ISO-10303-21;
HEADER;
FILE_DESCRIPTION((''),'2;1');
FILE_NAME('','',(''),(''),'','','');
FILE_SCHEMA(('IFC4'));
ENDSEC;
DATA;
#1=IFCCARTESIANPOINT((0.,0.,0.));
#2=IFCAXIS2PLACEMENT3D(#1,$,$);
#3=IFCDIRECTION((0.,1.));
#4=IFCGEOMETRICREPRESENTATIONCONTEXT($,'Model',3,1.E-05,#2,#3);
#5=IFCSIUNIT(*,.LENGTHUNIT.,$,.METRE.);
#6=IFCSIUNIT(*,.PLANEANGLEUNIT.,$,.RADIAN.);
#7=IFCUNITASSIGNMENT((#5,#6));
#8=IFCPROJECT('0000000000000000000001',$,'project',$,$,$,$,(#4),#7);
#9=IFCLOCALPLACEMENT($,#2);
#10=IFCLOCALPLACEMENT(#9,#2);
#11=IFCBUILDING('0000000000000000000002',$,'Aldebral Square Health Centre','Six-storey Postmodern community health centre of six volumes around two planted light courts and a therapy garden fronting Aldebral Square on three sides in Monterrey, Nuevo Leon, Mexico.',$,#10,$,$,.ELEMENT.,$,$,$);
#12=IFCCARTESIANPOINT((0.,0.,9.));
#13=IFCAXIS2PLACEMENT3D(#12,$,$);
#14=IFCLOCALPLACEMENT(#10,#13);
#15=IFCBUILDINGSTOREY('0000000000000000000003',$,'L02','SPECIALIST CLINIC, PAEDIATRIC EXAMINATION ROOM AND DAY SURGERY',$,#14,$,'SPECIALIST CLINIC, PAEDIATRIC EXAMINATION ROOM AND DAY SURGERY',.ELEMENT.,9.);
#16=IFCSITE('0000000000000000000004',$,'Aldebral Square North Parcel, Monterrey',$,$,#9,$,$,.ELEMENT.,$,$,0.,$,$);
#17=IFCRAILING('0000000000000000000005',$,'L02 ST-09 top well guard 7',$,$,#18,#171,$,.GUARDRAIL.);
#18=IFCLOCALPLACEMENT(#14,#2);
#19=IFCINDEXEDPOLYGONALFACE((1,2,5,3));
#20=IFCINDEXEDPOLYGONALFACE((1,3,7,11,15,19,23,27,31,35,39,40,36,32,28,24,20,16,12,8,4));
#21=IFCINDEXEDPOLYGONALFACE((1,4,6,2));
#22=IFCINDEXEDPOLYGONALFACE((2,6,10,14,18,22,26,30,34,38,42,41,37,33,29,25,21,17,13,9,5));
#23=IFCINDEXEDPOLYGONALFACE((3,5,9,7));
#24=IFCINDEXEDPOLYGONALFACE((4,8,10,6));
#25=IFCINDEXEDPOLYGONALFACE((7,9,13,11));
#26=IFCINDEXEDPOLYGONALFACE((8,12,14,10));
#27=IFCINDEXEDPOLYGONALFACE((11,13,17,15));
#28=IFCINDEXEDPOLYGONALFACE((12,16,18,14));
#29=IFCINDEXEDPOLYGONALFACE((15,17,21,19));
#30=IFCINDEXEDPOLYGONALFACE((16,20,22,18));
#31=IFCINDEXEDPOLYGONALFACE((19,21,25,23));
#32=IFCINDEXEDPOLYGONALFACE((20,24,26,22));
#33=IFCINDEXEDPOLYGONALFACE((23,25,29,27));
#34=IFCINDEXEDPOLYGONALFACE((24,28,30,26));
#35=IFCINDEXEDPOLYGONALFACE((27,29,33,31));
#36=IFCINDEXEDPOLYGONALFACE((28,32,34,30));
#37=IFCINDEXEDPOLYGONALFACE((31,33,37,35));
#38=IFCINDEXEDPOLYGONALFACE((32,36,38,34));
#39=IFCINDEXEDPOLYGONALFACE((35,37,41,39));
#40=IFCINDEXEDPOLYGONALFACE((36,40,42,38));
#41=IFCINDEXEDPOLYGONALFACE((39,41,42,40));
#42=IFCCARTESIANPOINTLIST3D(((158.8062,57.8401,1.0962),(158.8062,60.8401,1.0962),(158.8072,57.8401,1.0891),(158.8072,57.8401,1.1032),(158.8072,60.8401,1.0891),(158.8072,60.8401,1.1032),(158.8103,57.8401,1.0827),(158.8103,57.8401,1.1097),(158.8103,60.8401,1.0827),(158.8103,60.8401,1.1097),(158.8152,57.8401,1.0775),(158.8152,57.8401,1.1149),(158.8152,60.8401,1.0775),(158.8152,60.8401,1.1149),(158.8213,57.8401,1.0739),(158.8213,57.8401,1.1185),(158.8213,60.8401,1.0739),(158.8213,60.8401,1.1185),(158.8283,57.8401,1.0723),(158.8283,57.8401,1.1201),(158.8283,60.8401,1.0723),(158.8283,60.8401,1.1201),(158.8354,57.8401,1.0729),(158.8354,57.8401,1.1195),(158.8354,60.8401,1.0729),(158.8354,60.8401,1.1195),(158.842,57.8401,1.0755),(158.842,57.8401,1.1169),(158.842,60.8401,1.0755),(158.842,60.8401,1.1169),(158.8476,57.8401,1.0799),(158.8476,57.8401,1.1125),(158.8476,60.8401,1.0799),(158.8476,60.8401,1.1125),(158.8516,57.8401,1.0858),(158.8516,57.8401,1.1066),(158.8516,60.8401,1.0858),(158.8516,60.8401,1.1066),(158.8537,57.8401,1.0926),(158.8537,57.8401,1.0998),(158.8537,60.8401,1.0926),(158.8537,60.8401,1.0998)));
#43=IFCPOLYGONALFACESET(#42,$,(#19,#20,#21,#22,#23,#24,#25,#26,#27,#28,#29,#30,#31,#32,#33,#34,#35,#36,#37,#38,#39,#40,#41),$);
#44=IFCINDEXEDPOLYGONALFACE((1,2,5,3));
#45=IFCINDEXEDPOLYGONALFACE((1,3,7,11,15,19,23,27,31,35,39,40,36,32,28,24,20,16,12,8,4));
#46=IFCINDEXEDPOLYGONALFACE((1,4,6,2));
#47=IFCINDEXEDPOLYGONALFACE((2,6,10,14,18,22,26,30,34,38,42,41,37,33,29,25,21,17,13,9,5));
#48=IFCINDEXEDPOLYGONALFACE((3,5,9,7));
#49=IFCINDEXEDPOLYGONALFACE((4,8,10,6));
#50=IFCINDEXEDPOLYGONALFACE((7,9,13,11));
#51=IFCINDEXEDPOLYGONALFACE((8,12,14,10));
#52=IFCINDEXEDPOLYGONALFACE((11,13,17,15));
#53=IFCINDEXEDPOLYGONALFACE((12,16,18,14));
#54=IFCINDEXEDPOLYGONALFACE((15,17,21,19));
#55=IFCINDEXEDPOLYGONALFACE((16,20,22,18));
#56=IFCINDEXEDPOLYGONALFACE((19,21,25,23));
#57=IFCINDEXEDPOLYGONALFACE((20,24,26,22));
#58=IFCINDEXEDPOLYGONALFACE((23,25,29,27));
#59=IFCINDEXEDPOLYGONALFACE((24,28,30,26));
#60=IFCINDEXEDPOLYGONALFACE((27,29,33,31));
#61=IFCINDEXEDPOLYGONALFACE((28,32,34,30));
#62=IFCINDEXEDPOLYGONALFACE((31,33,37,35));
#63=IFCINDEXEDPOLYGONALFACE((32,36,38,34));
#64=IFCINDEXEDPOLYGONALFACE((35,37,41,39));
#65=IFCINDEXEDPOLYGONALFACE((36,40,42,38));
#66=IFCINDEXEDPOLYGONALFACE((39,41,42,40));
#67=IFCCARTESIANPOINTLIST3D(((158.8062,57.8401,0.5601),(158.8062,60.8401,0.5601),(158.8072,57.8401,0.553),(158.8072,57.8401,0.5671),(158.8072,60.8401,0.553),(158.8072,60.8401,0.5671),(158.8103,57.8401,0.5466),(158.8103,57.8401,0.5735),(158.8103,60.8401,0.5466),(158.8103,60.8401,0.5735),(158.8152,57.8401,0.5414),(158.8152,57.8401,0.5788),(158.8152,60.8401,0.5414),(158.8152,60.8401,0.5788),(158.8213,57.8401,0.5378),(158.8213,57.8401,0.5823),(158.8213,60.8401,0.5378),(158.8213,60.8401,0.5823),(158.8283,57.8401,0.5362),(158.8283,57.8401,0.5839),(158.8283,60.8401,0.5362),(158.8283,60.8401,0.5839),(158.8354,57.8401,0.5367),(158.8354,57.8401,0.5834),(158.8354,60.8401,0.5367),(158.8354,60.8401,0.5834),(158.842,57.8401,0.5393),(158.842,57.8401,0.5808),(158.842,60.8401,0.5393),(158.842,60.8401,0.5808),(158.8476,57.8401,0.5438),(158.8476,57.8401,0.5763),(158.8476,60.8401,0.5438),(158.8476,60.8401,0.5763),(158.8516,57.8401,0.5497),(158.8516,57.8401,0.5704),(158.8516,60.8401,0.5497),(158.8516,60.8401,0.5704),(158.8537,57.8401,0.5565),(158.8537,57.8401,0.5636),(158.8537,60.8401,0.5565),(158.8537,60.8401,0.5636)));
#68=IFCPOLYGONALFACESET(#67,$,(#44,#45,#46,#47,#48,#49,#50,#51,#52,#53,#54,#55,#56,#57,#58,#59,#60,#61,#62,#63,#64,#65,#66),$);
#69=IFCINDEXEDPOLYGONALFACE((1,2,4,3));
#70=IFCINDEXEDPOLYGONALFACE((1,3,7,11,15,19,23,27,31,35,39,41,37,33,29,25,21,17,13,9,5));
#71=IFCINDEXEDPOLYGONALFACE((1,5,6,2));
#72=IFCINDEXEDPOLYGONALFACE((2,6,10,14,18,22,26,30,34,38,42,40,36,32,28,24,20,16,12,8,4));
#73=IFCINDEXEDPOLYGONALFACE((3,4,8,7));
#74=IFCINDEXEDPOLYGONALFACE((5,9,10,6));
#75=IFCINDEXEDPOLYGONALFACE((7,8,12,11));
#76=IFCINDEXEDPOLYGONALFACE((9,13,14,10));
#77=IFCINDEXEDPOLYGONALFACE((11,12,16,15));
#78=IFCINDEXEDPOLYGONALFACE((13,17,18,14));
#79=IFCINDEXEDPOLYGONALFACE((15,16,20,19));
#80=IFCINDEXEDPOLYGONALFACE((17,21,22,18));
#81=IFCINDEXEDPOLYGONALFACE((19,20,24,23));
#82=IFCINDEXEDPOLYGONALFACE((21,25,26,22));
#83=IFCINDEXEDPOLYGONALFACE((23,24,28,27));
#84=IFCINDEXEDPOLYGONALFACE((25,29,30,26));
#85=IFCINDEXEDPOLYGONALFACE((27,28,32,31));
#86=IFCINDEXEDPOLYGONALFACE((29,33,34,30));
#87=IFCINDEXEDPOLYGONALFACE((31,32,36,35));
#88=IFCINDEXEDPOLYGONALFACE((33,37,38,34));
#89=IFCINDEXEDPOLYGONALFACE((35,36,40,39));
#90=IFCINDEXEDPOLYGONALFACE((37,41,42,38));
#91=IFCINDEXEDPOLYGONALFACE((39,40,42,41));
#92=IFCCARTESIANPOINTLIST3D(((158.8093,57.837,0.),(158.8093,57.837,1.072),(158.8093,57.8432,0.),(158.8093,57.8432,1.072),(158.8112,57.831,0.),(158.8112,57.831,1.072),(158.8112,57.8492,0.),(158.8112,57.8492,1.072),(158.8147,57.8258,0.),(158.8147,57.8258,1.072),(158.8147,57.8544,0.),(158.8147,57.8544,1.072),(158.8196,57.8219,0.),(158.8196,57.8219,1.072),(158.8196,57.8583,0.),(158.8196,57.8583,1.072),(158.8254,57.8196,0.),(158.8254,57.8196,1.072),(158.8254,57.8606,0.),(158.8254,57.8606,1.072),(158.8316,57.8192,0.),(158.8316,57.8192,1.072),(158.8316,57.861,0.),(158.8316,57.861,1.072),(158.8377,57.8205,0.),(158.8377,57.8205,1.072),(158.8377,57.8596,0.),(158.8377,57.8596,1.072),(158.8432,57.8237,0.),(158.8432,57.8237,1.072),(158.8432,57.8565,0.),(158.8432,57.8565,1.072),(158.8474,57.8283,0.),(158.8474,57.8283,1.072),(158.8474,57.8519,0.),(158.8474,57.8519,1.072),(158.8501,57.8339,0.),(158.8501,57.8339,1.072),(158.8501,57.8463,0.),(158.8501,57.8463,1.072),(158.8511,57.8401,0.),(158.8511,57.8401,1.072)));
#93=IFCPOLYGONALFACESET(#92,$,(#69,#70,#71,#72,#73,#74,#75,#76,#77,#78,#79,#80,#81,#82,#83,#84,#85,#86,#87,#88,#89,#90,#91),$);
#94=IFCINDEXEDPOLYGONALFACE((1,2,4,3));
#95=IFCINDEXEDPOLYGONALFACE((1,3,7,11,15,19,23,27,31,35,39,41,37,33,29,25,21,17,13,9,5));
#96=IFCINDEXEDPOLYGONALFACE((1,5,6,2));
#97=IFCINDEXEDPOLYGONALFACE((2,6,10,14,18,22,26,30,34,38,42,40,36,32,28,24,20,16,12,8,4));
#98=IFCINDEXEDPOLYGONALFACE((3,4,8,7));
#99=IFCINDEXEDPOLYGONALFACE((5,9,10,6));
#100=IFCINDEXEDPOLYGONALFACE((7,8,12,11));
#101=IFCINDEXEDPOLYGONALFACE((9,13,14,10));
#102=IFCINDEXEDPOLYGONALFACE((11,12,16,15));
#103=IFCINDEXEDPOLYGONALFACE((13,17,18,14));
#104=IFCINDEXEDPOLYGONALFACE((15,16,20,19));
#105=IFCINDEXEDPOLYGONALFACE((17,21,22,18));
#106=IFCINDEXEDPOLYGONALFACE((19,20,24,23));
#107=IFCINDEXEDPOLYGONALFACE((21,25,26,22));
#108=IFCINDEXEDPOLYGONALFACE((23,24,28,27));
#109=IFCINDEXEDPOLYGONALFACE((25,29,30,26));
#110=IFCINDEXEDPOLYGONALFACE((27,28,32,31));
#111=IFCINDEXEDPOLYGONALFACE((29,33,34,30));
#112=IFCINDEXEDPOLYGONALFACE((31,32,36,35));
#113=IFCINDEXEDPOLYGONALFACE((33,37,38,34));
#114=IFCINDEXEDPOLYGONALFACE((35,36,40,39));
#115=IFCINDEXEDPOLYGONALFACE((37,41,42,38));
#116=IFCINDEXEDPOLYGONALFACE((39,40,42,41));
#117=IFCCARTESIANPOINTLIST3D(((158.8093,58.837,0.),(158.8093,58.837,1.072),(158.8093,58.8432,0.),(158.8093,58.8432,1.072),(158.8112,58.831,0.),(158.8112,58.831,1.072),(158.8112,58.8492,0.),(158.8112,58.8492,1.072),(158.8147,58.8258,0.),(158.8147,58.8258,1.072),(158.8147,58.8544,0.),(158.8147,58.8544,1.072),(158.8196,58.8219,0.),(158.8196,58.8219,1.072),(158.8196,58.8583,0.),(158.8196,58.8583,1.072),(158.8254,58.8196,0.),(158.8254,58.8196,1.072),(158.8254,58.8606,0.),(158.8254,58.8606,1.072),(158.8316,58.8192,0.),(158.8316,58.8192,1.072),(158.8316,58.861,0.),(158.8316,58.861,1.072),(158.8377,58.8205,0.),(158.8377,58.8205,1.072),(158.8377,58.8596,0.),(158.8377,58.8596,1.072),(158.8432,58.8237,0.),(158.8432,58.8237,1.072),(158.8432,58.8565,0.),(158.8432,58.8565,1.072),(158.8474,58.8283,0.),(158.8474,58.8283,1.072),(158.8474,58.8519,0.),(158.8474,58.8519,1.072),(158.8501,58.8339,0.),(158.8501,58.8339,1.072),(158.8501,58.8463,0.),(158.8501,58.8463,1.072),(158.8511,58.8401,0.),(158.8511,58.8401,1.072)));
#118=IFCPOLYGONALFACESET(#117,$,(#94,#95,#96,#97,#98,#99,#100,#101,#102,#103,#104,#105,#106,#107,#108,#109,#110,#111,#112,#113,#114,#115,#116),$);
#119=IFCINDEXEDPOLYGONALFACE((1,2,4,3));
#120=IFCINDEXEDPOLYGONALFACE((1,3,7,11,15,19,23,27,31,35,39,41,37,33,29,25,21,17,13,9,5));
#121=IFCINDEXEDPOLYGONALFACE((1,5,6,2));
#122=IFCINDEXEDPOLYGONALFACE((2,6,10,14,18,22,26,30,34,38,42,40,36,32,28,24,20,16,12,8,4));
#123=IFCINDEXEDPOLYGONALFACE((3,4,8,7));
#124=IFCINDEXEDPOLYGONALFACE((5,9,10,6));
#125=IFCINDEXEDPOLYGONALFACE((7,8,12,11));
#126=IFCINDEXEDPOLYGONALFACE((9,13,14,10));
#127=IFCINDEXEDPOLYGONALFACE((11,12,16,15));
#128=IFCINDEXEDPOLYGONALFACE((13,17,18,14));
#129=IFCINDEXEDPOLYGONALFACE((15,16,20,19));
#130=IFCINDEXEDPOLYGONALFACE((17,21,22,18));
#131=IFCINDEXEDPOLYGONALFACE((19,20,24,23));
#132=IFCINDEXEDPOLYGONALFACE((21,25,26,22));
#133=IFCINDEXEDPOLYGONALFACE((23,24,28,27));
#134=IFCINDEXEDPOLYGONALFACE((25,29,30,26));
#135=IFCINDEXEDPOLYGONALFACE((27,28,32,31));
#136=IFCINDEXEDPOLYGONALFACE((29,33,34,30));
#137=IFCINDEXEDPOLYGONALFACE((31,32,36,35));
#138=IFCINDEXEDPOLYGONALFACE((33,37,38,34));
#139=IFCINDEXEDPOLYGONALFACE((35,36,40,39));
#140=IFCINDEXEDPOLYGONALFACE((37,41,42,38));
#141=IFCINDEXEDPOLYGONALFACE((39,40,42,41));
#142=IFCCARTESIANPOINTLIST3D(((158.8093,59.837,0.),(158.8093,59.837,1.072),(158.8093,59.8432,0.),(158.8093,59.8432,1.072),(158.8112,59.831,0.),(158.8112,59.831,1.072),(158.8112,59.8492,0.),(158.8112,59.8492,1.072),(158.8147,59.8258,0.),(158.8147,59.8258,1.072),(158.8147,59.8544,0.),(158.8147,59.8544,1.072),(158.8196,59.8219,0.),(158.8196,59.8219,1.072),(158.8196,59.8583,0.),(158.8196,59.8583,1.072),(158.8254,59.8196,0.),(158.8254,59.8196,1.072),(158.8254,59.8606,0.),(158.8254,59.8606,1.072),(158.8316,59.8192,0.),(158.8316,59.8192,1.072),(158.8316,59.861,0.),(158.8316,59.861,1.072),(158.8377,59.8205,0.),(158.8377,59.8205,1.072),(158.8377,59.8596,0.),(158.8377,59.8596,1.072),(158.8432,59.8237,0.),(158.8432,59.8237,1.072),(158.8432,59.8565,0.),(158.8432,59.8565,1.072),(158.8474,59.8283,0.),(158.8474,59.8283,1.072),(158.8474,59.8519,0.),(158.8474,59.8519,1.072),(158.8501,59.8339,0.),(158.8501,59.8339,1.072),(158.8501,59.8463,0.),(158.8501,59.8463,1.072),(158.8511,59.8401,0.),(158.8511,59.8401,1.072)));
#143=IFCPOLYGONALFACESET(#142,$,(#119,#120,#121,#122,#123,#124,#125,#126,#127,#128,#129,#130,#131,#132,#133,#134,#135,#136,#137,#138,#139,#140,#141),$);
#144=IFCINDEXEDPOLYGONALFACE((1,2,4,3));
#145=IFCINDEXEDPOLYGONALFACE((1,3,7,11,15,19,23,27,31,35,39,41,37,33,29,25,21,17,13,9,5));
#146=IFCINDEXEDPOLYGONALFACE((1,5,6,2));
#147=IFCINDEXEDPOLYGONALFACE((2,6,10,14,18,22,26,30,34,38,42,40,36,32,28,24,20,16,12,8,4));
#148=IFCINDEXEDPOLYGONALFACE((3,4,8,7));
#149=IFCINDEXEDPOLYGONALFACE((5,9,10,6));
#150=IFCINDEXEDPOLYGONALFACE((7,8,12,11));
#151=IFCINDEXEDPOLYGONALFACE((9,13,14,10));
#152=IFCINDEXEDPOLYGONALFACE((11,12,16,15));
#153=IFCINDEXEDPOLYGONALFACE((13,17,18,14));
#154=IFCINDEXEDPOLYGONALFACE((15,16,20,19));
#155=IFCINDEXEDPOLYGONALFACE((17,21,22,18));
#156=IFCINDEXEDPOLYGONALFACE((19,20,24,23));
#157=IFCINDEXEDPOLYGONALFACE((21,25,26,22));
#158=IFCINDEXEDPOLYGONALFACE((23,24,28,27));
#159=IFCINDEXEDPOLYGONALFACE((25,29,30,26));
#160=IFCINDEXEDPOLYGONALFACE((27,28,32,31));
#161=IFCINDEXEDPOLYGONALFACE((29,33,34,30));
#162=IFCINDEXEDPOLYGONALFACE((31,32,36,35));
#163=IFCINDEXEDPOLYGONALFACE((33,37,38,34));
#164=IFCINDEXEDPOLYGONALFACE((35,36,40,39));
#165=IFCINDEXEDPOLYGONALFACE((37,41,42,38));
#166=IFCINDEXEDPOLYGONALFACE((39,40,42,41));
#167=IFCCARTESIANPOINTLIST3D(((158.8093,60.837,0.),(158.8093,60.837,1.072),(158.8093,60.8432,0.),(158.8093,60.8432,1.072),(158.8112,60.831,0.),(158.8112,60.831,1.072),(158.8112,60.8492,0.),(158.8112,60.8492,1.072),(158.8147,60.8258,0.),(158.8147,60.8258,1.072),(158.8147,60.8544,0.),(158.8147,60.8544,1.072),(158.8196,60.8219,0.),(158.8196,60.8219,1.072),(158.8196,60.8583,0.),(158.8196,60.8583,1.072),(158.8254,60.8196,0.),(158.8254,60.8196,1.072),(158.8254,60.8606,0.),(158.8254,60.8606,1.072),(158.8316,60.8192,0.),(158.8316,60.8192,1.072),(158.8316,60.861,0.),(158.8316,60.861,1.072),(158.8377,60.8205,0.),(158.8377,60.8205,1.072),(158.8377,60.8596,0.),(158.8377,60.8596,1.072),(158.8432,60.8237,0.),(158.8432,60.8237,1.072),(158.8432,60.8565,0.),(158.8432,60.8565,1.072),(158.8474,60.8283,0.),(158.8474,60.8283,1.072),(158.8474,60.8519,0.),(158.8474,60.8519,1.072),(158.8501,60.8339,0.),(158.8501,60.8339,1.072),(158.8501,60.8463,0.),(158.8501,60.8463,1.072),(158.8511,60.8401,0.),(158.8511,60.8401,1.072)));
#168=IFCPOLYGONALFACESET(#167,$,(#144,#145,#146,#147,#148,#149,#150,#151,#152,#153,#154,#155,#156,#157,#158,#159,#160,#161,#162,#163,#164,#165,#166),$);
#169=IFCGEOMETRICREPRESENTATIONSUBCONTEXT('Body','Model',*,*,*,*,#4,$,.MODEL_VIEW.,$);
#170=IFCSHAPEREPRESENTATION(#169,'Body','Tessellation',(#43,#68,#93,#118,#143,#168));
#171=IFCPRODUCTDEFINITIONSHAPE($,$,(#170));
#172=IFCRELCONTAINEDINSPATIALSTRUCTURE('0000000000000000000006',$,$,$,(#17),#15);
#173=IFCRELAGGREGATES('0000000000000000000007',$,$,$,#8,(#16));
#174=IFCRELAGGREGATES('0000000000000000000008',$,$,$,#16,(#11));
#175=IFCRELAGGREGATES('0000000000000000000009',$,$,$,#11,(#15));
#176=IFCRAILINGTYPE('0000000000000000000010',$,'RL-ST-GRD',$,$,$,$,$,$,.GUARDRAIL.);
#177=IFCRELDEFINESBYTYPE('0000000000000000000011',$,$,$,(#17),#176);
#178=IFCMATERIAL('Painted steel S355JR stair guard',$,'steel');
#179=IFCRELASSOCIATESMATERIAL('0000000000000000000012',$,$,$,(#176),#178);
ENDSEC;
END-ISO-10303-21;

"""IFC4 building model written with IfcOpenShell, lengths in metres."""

from ifc_helpers import new_model, si_unit, direction, frame, origin, origin_2d, place, context, subcontext, project, spatial, circle, extrude, material, type_object, element, save


model = new_model("IFC4")

# Units and contexts
model_context = context("Model", 3, precision=1e-05, world=origin(), true_north=direction((0.0, 1.0)))
body_context = subcontext(model_context, "Body", "Model", "MODEL_VIEW")
ifc_project = project(units=[si_unit("LENGTHUNIT", "METRE"), si_unit("PLANEANGLEUNIT", "RADIAN")], contexts=[model_context])

# Site, building, storey
site_placement = place(None, origin())
site = spatial("IfcSite", under=ifc_project, at=site_placement, Name="Aldebral Square North Parcel, Monterrey", CompositionType="ELEMENT", RefElevation=0.0)
building_placement = place(site_placement, origin())
building = spatial("IfcBuilding", under=site, at=building_placement, Name="Aldebral Square Health Centre", Description="Six-storey Postmodern community health centre of six volumes around two planted light courts and a therapy garden fronting Aldebral Square on three sides in Monterrey, Nuevo Leon, Mexico.", CompositionType="ELEMENT")
storey_placement = place(building_placement, frame((0.0, 0.0, 9.0)))
storey = spatial("IfcBuildingStorey", under=building, at=storey_placement, Name="L02", Description="SPECIALIST CLINIC, PAEDIATRIC EXAMINATION ROOM AND DAY SURGERY", LongName="SPECIALIST CLINIC, PAEDIATRIC EXAMINATION ROOM AND DAY SURGERY", CompositionType="ELEMENT", Elevation=9.0)

# Railing
ifc_material_1 = material(Name="Painted steel S355JR stair guard", Category="steel")
railing_type = type_object("IfcRailingType", Name="RL-ST-GRD", PredefinedType="GUARDRAIL", material=ifc_material_1)
railing_1_placement = place(storey_placement, frame((158.8301, 57.8401, 0.0)))
element("IfcRailing", 1, at=railing_1_placement, inside=storey, type_object=railing_type, Name="L02 ST-09 top well guard 7", PredefinedType="GUARDRAIL", context=body_context, shape_type="SweptSolid", body=[
    extrude(circle(Radius=0.0239, at=origin_2d()), frame((0.0, 0.0, 1.0962), z_axis=(0.0, 1.0, 0.0), x_axis=(-1.0, 0.0, 0.0)), (0.0, 0.0, 1.0), 3.0),
    extrude(circle(Radius=0.0239, at=origin_2d()), frame((0.0, 0.0, 0.5601), z_axis=(0.0, 1.0, 0.0), x_axis=(-1.0, 0.0, 0.0)), (0.0, 0.0, 1.0), 3.0),
    extrude(circle(Radius=0.021, at=origin_2d()), origin(), (0.0, 0.0, 1.0), 1.072),
    extrude(circle(Radius=0.021, at=origin_2d()), frame((0.0, 1.0, 0.0)), (0.0, 0.0, 1.0), 1.072),
    extrude(circle(Radius=0.021, at=origin_2d()), frame((0.0, 2.0, 0.0)), (0.0, 0.0, 1.0), 1.072),
    extrude(circle(Radius=0.021, at=origin_2d()), frame((0.0, 3.0, 0.0)), (0.0, 0.0, 1.0), 1.072),
])

save(model, "model.ifc")
